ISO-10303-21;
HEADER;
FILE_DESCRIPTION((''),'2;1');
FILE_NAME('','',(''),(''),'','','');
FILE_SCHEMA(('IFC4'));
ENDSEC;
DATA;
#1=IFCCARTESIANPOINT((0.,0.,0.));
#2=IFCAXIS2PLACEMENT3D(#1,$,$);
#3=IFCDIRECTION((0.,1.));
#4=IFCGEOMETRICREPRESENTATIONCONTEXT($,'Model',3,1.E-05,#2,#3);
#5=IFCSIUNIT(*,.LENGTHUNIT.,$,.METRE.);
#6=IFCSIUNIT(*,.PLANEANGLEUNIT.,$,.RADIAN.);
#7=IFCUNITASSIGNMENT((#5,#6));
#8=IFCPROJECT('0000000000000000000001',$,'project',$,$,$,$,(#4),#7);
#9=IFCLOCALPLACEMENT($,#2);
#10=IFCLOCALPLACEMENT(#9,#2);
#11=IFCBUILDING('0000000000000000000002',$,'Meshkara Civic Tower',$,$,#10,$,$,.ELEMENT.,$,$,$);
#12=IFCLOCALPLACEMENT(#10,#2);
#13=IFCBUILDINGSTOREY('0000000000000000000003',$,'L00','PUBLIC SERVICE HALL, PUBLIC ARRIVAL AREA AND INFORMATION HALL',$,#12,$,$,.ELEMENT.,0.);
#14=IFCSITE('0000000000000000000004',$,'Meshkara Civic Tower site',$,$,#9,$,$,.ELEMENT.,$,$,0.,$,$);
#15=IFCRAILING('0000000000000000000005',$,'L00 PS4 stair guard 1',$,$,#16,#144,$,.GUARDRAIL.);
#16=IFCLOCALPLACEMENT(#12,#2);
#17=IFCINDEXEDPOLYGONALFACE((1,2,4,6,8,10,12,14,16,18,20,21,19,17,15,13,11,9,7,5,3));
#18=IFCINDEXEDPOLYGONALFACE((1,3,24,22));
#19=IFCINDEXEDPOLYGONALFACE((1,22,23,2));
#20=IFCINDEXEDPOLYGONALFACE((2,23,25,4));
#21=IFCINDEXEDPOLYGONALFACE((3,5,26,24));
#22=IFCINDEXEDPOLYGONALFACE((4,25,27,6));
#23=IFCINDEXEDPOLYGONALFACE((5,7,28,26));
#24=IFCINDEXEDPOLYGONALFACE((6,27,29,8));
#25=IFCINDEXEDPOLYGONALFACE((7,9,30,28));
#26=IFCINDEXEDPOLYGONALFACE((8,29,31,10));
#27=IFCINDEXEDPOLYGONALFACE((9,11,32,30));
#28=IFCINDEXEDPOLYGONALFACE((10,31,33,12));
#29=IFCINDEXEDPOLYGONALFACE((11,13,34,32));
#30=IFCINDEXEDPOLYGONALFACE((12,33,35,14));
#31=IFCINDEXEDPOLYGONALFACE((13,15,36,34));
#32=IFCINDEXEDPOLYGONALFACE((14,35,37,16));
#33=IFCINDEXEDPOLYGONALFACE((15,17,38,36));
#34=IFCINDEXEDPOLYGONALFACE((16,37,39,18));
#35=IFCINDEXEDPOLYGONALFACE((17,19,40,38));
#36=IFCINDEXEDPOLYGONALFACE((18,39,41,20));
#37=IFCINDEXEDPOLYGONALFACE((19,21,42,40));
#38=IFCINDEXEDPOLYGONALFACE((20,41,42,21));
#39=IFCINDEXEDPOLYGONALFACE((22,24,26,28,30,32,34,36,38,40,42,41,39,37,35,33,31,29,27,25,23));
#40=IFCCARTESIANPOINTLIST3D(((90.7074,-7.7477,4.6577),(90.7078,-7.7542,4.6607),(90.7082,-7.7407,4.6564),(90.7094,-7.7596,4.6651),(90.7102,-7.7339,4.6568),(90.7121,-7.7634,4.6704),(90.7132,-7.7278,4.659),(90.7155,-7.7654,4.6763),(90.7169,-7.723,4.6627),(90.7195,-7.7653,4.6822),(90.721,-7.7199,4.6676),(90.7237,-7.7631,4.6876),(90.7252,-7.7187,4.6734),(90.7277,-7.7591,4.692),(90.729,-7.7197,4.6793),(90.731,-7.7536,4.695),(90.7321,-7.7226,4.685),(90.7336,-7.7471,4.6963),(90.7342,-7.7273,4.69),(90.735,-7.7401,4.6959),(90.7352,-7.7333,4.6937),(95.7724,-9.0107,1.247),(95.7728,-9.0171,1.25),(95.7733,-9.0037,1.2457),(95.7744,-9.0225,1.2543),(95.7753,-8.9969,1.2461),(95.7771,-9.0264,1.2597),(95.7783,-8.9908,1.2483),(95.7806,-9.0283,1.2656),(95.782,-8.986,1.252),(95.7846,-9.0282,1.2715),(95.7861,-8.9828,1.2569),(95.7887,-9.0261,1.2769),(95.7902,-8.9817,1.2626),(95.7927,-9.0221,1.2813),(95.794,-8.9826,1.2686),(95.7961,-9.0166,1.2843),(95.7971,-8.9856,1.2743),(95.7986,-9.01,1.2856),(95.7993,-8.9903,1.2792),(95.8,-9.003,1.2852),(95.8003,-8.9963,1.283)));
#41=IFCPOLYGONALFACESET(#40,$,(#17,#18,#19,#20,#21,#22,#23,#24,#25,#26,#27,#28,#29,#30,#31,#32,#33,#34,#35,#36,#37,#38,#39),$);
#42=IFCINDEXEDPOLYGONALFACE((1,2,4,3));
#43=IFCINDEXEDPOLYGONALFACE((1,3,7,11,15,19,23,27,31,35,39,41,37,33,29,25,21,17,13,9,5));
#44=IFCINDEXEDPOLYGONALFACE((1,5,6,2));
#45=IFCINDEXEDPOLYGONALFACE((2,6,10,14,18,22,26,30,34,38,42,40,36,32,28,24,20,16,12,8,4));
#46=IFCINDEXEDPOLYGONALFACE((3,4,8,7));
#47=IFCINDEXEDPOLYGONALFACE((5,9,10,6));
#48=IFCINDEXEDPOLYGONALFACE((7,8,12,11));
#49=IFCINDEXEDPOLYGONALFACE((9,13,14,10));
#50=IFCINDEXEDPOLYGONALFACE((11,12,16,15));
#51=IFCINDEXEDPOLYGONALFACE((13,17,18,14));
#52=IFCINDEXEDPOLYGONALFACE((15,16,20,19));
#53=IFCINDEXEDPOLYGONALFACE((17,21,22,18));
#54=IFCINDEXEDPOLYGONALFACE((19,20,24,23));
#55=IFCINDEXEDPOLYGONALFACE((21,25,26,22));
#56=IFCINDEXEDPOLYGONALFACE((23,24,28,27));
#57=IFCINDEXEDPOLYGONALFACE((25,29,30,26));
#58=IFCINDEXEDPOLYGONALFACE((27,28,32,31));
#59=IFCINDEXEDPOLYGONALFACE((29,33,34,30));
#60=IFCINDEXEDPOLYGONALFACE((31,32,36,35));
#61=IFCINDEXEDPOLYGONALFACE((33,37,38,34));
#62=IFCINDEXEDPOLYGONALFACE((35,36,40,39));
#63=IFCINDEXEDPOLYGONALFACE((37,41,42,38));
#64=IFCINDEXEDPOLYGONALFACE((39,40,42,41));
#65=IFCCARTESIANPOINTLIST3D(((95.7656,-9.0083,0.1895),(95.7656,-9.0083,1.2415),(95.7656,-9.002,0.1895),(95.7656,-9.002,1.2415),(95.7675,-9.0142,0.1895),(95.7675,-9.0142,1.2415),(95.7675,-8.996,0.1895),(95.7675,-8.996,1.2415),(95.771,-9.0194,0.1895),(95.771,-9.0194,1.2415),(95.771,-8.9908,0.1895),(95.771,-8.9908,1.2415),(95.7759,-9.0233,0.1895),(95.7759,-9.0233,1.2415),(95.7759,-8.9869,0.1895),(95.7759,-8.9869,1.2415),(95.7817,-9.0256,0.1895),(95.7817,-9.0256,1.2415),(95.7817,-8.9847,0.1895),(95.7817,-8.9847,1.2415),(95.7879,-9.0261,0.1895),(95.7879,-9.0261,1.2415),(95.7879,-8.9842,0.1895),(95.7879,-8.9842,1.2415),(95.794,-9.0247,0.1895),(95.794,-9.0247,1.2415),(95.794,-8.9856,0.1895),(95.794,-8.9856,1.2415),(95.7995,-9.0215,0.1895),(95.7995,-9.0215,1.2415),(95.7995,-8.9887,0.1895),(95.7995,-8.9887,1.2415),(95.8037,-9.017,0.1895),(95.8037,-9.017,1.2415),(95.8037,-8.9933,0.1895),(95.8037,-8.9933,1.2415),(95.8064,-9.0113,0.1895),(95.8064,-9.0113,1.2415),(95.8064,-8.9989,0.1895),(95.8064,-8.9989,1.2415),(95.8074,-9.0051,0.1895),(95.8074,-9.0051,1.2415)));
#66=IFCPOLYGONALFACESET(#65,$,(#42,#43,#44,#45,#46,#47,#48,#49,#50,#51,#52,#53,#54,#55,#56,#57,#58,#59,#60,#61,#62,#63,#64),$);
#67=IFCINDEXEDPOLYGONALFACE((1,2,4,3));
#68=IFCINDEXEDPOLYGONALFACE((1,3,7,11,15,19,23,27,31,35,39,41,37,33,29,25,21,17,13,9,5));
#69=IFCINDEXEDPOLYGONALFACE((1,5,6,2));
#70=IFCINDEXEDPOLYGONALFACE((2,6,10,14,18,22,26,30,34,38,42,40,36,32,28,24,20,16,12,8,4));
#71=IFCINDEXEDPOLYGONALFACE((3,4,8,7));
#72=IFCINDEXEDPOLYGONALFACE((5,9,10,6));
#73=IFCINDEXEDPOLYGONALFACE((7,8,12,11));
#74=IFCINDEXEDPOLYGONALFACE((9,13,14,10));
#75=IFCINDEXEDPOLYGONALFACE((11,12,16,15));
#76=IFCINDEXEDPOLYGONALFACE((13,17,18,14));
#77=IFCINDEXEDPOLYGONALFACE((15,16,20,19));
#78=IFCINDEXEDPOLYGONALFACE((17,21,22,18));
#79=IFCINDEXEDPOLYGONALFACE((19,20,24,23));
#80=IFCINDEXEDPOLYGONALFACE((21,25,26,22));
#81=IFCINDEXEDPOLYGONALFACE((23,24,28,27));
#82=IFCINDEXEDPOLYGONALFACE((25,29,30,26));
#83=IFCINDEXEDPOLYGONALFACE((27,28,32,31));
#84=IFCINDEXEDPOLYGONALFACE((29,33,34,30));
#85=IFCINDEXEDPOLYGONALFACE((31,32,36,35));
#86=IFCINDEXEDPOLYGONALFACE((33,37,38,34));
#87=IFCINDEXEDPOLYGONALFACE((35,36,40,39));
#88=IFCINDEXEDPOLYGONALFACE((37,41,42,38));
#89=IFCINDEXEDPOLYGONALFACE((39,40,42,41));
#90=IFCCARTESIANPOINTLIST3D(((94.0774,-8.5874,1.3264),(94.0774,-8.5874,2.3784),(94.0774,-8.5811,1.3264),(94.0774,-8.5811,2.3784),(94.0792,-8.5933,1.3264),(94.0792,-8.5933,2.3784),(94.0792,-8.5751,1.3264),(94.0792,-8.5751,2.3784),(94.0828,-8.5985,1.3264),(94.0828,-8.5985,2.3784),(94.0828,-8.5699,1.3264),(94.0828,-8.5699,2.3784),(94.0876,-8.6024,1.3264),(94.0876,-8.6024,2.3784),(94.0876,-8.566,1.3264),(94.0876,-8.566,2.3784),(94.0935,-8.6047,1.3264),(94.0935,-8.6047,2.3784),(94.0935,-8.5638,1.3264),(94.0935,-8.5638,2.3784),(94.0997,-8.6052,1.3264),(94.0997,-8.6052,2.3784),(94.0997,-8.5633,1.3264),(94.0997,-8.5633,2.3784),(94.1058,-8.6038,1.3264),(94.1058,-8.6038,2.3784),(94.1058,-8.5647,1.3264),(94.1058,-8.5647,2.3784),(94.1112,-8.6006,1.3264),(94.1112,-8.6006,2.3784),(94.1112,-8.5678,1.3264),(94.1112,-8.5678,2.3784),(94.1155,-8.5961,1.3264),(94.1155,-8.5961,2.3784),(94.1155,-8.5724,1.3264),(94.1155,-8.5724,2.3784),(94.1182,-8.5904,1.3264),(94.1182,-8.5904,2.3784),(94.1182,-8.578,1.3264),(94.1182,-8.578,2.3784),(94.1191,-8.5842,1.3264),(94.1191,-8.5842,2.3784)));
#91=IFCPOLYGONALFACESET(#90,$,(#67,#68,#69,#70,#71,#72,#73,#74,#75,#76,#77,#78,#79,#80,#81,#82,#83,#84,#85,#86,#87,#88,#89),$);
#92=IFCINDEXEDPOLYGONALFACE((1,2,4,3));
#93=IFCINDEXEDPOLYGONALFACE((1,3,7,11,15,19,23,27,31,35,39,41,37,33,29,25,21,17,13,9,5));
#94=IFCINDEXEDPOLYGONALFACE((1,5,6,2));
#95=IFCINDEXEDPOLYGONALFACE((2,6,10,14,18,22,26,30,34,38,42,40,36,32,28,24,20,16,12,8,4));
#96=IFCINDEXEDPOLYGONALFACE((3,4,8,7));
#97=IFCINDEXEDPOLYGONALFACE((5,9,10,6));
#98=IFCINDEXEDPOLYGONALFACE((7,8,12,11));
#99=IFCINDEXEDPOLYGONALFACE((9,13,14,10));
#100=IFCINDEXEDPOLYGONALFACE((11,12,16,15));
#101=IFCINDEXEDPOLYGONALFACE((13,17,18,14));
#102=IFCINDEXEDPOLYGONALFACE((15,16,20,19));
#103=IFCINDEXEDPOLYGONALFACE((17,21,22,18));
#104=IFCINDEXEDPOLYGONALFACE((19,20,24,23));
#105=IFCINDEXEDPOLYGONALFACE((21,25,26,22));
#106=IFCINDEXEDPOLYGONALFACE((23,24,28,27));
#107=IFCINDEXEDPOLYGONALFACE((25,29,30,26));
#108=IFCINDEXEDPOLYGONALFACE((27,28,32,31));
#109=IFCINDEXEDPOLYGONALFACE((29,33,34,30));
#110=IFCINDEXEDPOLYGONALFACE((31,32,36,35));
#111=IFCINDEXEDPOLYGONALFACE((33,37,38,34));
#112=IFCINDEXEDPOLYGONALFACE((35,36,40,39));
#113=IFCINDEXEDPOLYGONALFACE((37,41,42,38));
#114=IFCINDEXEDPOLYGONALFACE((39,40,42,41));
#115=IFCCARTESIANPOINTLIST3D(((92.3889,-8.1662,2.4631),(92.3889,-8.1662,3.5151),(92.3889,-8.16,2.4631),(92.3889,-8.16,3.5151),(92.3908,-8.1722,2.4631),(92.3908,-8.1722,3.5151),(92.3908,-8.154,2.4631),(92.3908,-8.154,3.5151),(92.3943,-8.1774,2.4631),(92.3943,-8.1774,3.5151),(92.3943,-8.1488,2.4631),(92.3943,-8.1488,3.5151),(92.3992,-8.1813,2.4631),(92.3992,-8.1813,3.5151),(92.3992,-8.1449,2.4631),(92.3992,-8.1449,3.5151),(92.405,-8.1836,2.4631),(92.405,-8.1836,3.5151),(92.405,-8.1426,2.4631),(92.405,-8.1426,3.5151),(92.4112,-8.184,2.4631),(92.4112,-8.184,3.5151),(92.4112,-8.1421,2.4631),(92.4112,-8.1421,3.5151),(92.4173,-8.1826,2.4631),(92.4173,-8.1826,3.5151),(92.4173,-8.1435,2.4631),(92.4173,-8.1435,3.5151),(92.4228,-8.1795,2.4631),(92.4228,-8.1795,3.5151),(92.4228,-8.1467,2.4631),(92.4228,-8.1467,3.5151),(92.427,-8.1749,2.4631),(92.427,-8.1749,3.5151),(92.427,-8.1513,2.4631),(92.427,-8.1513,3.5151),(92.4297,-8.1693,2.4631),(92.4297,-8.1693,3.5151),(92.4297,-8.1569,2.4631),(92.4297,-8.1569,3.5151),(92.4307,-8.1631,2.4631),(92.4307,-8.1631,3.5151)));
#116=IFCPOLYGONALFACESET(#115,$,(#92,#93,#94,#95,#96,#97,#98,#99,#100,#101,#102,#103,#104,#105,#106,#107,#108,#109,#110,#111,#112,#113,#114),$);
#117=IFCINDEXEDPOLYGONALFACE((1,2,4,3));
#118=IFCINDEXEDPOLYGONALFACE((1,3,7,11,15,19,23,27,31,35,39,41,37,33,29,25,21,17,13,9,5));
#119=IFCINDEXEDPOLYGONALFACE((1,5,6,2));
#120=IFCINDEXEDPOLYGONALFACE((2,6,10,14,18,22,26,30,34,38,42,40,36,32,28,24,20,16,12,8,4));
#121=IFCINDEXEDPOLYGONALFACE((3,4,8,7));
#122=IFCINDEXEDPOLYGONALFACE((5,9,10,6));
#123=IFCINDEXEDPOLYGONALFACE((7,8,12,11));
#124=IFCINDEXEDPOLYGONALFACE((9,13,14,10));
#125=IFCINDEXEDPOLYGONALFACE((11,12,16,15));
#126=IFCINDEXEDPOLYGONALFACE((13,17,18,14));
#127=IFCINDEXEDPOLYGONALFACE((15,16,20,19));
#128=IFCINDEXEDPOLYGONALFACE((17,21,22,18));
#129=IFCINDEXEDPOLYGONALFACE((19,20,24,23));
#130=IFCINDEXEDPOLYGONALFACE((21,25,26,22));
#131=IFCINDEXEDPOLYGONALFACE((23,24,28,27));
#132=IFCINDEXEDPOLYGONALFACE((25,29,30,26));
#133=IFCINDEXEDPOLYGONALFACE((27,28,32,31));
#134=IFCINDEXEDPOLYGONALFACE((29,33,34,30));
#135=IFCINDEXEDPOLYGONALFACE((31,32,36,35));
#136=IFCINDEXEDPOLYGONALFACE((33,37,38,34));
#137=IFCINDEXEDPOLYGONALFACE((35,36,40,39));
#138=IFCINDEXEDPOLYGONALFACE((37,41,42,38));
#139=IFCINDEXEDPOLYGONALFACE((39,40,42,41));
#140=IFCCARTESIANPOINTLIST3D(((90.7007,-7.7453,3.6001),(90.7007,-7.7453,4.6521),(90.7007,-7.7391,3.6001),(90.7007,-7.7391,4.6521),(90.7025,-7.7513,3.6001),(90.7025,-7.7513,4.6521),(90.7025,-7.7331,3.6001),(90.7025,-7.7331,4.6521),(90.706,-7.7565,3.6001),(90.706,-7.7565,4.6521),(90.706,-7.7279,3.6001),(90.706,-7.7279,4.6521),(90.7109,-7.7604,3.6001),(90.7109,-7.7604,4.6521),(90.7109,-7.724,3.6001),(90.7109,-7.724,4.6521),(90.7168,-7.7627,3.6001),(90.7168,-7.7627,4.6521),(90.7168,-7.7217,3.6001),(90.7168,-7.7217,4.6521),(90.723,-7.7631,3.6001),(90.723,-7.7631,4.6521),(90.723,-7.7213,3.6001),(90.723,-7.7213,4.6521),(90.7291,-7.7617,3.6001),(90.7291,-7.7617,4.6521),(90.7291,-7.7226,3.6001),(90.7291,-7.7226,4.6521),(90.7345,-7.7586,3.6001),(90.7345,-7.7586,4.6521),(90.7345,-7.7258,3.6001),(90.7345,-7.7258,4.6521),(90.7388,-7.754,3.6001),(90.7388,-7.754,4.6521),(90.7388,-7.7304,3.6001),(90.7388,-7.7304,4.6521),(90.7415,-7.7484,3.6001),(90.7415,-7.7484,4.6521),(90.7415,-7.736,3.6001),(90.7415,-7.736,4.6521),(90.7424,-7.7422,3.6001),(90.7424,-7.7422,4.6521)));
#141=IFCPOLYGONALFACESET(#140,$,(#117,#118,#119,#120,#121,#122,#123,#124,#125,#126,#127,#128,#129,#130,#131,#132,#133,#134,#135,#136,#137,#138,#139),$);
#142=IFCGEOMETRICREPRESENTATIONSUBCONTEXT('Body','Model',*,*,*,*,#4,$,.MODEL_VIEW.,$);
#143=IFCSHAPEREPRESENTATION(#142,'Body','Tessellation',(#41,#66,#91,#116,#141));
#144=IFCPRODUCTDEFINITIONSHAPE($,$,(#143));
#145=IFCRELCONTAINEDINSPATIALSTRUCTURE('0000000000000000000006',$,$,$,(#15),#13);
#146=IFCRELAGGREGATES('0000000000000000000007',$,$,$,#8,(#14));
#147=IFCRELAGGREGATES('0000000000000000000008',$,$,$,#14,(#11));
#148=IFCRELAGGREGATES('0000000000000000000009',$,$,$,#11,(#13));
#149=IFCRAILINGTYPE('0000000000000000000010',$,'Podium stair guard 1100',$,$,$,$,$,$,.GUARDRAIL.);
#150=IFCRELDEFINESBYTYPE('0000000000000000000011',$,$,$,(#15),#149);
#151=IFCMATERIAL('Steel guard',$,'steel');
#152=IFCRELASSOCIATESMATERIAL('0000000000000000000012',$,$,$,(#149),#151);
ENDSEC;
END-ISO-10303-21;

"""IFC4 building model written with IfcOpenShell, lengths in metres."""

from ifc_helpers import new_model, si_unit, direction, frame, origin, origin_2d, place, context, subcontext, project, spatial, circle, extrude, material, type_object, element, save


model = new_model("IFC4")

# Units and contexts
model_context = context("Model", 3, precision=1e-05, world=origin(), true_north=direction((0.0, 1.0)))
body_context = subcontext(model_context, "Body", "Model", "MODEL_VIEW")
ifc_project = project(units=[si_unit("LENGTHUNIT", "METRE"), si_unit("PLANEANGLEUNIT", "RADIAN")], contexts=[model_context])

# Site, building, storey
site_placement = place(None, origin())
site = spatial("IfcSite", under=ifc_project, at=site_placement, Name="Meshkara Civic Tower site", CompositionType="ELEMENT", RefElevation=0.0)
building_placement = place(site_placement, origin())
building = spatial("IfcBuilding", under=site, at=building_placement, Name="Meshkara Civic Tower", CompositionType="ELEMENT")
storey_placement = place(building_placement, origin())
storey = spatial("IfcBuildingStorey", under=building, at=storey_placement, Name="L00", Description="PUBLIC SERVICE HALL, PUBLIC ARRIVAL AREA AND INFORMATION HALL", CompositionType="ELEMENT", Elevation=0.0)

# Railing
ifc_material_1 = material(Name="Steel guard", Category="steel")
railing_type_1 = type_object("IfcRailingType", Name="Podium stair guard 1100", PredefinedType="GUARDRAIL", material=ifc_material_1)
railing_1_placement = place(storey_placement, frame((95.7864, -9.0051, 0.1895)))
element("IfcRailing", 1, at=railing_1_placement, inside=storey, type_object=railing_type_1, Name="L00 PS4 stair guard 1", PredefinedType="GUARDRAIL", context=body_context, shape_type="SweptSolid", body=[
    extrude(circle(Radius=0.0239, at=origin_2d()), frame((0.0, 0.0, 1.0762), z_axis=(-0.812278, 0.202541, 0.546974), x_axis=(-0.241941, -0.970291, 0.0)), (0.0, 0.0, 1.0), 6.2356),
    extrude(circle(Radius=0.021, at=origin_2d()), origin(), (0.0, 0.0, 1.0), 1.052),
    extrude(circle(Radius=0.021, at=origin_2d()), frame((-1.6882, 0.4209, 1.137)), (0.0, 0.0, 1.0), 1.052),
    extrude(circle(Radius=0.021, at=origin_2d()), frame((-3.3767, 0.842, 2.2737)), (0.0, 0.0, 1.0), 1.052),
    extrude(circle(Radius=0.021, at=origin_2d()), frame((-5.0649, 1.2629, 3.4106)), (0.0, 0.0, 1.0), 1.052),
])

save(model, "model.ifc")
